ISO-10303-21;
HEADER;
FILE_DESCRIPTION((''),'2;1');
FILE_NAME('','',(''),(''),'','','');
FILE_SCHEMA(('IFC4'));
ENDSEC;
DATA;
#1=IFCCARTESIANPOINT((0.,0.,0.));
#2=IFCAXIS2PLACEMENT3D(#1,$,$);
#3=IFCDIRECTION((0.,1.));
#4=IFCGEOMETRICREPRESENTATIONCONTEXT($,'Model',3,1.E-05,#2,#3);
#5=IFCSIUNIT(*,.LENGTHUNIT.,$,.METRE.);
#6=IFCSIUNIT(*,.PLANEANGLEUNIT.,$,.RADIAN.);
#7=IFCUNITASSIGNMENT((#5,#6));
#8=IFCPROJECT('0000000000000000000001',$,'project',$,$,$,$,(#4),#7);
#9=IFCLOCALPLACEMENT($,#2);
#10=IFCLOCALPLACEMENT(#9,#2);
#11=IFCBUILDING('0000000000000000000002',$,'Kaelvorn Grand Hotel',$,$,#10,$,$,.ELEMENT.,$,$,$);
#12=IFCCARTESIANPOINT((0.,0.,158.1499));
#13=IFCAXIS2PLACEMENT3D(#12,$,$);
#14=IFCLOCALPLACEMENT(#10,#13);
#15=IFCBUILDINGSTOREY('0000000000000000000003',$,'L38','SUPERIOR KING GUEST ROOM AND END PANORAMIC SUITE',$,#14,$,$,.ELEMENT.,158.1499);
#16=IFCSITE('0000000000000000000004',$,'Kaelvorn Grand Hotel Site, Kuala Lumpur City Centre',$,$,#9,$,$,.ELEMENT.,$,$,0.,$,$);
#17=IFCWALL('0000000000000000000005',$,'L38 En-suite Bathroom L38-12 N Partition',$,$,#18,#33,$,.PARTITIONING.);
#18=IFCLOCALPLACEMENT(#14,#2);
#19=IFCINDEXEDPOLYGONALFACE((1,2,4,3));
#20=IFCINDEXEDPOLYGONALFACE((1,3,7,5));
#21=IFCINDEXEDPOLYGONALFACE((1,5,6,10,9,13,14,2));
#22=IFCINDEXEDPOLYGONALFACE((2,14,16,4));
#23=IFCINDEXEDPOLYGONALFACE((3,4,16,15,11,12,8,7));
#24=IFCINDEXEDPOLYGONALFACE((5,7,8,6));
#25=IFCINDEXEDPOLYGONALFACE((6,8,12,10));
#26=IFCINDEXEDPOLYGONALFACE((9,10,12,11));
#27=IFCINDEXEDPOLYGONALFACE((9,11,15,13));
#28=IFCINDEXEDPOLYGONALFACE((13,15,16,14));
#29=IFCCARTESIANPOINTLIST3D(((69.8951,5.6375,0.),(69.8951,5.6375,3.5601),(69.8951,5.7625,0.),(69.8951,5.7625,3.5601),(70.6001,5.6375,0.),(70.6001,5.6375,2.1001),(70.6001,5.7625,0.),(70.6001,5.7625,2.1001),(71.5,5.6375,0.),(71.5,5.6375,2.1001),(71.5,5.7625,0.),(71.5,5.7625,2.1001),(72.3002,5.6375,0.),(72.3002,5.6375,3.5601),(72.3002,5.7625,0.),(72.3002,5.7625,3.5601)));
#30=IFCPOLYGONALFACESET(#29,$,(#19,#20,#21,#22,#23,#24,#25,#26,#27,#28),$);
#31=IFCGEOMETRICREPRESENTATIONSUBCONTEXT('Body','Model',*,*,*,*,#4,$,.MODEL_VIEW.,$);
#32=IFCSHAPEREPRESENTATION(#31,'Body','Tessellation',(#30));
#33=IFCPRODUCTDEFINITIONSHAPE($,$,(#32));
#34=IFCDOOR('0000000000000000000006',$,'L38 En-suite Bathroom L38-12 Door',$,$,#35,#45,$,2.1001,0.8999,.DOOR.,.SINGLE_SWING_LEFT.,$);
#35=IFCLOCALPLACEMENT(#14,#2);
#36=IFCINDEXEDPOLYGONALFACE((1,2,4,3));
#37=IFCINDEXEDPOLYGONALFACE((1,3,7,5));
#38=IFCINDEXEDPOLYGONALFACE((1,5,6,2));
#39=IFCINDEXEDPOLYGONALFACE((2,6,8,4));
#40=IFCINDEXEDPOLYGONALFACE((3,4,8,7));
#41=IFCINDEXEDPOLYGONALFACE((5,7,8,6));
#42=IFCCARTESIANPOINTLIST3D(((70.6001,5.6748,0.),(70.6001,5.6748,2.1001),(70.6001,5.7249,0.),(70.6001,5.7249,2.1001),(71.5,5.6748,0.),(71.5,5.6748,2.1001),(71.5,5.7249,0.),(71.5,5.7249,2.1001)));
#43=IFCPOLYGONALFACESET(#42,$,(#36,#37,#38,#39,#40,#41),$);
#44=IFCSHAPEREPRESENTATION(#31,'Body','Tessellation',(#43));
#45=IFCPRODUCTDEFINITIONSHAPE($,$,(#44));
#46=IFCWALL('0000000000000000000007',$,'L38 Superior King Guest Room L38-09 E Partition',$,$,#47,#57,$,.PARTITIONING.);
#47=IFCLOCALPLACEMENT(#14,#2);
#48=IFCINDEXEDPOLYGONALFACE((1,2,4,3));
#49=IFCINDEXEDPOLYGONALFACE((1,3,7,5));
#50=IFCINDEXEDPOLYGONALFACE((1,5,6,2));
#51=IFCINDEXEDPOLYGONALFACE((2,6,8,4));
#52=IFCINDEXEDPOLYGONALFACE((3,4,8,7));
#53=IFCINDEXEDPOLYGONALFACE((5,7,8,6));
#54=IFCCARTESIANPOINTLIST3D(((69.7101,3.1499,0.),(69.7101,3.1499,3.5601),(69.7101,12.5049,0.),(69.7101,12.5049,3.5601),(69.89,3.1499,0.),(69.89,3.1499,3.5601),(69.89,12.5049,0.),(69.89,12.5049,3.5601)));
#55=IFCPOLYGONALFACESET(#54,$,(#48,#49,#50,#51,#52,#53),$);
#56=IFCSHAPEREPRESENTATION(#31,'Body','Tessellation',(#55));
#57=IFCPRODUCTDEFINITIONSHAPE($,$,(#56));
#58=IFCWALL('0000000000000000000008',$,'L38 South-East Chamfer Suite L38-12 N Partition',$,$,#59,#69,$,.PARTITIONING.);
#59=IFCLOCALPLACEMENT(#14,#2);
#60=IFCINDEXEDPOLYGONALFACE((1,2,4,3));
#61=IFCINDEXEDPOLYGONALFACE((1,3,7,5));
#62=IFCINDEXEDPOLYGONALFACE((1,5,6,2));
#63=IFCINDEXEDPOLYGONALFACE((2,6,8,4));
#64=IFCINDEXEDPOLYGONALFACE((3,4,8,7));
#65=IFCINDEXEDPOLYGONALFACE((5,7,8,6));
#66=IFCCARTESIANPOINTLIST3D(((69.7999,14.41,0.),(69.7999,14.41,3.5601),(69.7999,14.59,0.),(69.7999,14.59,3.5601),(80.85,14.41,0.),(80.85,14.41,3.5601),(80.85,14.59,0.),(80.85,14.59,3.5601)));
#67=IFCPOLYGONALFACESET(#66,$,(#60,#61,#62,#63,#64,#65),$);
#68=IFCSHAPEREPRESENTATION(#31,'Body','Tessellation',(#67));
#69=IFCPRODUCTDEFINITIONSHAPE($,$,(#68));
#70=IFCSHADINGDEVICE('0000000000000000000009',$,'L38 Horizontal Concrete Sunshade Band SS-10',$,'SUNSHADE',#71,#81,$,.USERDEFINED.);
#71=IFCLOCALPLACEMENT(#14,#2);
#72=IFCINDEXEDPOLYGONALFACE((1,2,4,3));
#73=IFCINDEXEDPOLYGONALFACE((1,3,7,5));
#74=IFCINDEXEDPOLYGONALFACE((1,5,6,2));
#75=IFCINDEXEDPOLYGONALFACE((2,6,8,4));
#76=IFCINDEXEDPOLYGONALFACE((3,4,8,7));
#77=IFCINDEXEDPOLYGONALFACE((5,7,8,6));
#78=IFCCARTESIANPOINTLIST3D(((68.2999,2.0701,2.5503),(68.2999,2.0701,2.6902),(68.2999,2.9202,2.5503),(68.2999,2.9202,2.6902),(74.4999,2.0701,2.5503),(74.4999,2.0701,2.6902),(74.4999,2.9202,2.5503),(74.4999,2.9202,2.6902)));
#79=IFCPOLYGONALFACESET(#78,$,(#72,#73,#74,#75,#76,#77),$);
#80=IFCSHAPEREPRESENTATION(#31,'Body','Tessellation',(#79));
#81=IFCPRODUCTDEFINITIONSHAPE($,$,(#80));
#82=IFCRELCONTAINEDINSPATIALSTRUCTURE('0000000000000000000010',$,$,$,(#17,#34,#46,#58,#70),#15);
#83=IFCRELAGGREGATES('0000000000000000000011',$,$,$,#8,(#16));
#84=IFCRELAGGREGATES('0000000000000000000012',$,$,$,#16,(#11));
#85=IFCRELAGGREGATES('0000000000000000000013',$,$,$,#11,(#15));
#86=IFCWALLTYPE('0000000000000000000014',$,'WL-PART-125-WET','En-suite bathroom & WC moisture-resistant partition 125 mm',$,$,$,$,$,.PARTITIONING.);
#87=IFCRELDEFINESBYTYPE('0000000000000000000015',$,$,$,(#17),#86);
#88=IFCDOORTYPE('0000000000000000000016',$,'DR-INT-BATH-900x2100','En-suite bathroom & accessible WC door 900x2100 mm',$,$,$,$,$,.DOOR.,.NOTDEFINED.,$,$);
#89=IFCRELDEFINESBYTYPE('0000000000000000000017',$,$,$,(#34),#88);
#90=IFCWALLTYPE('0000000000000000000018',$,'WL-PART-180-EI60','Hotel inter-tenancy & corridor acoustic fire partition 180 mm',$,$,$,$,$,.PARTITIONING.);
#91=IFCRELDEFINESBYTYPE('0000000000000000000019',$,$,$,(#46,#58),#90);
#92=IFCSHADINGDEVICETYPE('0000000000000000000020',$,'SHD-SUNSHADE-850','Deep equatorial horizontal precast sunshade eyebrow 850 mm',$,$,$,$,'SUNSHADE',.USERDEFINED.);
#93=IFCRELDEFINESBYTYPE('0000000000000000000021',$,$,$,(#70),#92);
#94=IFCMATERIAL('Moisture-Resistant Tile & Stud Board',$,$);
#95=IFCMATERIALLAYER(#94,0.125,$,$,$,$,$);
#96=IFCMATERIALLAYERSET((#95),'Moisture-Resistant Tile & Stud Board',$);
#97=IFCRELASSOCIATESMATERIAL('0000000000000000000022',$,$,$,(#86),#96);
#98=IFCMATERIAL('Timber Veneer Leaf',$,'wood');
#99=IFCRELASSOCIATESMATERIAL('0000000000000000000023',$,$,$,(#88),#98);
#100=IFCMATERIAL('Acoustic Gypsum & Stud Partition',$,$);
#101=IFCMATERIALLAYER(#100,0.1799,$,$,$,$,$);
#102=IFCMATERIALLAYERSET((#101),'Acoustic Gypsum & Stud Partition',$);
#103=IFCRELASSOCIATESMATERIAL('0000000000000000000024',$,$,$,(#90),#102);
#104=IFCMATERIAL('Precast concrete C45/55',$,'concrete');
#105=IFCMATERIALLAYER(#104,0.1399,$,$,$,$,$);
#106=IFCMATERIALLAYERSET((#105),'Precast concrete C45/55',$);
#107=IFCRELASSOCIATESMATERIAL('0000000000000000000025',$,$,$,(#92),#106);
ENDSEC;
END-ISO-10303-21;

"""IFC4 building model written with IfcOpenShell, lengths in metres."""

from ifc_helpers import new_model, si_unit, direction, frame, frame_2d, origin, origin_2d, place, context, subcontext, project, spatial, rectangle, extrude, material, layer, layer_set, type_object, element, fill, save


model = new_model("IFC4")

# Units and contexts
model_context = context("Model", 3, precision=1e-05, world=origin(), true_north=direction((0.0, 1.0)))
body_context = subcontext(model_context, "Body", "Model", "MODEL_VIEW")
ifc_project = project(units=[si_unit("LENGTHUNIT", "METRE"), si_unit("PLANEANGLEUNIT", "RADIAN")], contexts=[model_context])

# Site, building, storey
site_placement = place(None, origin())
site = spatial("IfcSite", under=ifc_project, at=site_placement, Name="Kaelvorn Grand Hotel Site, Kuala Lumpur City Centre", CompositionType="ELEMENT", RefElevation=0.0)
building_placement = place(site_placement, origin())
building = spatial("IfcBuilding", under=site, at=building_placement, Name="Kaelvorn Grand Hotel", CompositionType="ELEMENT")
storey_placement = place(building_placement, frame((0.0, 0.0, 158.1499)))
storey = spatial("IfcBuildingStorey", under=building, at=storey_placement, Name="L38", Description="SUPERIOR KING GUEST ROOM AND END PANORAMIC SUITE", CompositionType="ELEMENT", Elevation=158.1499)

# Shared definitions
ifc_material_1 = material(Name="Moisture-Resistant Tile & Stud Board")
ifc_layer_1 = layer(ifc_material_1, 0.125)
ifc_layer_set_1 = layer_set([ifc_layer_1], Name="Moisture-Resistant Tile & Stud Board")
wall_type_1 = type_object("IfcWallType", Name="WL-PART-125-WET", Description="En-suite bathroom & WC moisture-resistant partition 125 mm", PredefinedType="PARTITIONING", material=ifc_layer_set_1)
ifc_material_2 = material(Name="Timber Veneer Leaf", Category="wood")
door_type_1 = type_object("IfcDoorType", Name="DR-INT-BATH-900x2100", Description="En-suite bathroom & accessible WC door 900x2100 mm", OperationType="NOTDEFINED", PredefinedType="DOOR", material=ifc_material_2)

# Wall, opening, door
wall_1_placement = place(storey_placement, frame((69.895, 5.7, 0.0), z_axis=(0.0, 0.0, 1.0), x_axis=(1.0, 0.0, 0.0)))
wall_1 = element("IfcWall", 1, at=wall_1_placement, inside=storey, type_object=wall_type_1, Name="L38 En-suite Bathroom L38-12 N Partition", PredefinedType="PARTITIONING", context=body_context, shape_type="SweptSolid", body=[
    extrude(rectangle(XDim=2.405, YDim=0.125, at=frame_2d((1.2026, 0.0))), origin(), (0.0, 0.0, 1.0), 3.5601),
])
opening_1_placement = place(wall_1_placement, frame((0.7051, 0.0, 0.0)))
opening_1 = element("IfcOpeningElement", 2, at=opening_1_placement, cuts=wall_1, PredefinedType="OPENING", context=body_context, shape_type="SweptSolid", body=[
    extrude(rectangle(XDim=0.8999, YDim=2.1001, at=frame_2d((0.45, 1.05))), frame((0.0, 0.0725, 0.0), z_axis=(0.0, -1.0, 0.0), x_axis=(1.0, 0.0, 0.0)), (0.0, 0.0, 1.0), 0.145),
])
door_1_placement = place(opening_1_placement, origin())
door_1 = element("IfcDoor", 3, at=door_1_placement, inside=storey, type_object=door_type_1, Name="L38 En-suite Bathroom L38-12 Door", OperationType="SINGLE_SWING_LEFT", OverallHeight=2.1001, OverallWidth=0.8999, PredefinedType="DOOR", context=body_context, shape_type="SweptSolid", body=[
    extrude(rectangle(XDim=0.8999, YDim=2.1001, at=frame_2d((0.45, 1.05))), frame((0.0, 0.0249, 0.0), z_axis=(0.0, -1.0, 0.0), x_axis=(1.0, 0.0, 0.0)), (0.0, 0.0, 1.0), 0.05),
])
fill(opening_1, door_1)

# Walls
ifc_material_3 = material(Name="Acoustic Gypsum & Stud Partition")
ifc_layer_2 = layer(ifc_material_3, 0.1799)
ifc_layer_set_2 = layer_set([ifc_layer_2], Name="Acoustic Gypsum & Stud Partition")
wall_type_2 = type_object("IfcWallType", Name="WL-PART-180-EI60", Description="Hotel inter-tenancy & corridor acoustic fire partition 180 mm", PredefinedType="PARTITIONING", material=ifc_layer_set_2)
wall_2_placement = place(storey_placement, frame((69.8, 3.1499, 0.0), z_axis=(0.0, 0.0, 1.0), x_axis=(0.0, 1.0, 0.0)))
element("IfcWall", 4, at=wall_2_placement, inside=storey, type_object=wall_type_2, Name="L38 Superior King Guest Room L38-09 E Partition", PredefinedType="PARTITIONING", context=body_context, shape_type="SweptSolid", body=[
    extrude(rectangle(XDim=9.355, YDim=0.1799, at=frame_2d((4.6775, 0.0))), origin(), (0.0, 0.0, 1.0), 3.5601),
])
wall_3_placement = place(storey_placement, frame((69.8, 14.5, 0.0), z_axis=(0.0, 0.0, 1.0), x_axis=(1.0, 0.0, 0.0)))
element("IfcWall", 5, at=wall_3_placement, inside=storey, type_object=wall_type_2, Name="L38 South-East Chamfer Suite L38-12 N Partition", PredefinedType="PARTITIONING", context=body_context, shape_type="SweptSolid", body=[
    extrude(rectangle(XDim=11.05, YDim=0.1799, at=frame_2d((5.5249, 0.0))), origin(), (0.0, 0.0, 1.0), 3.5601),
])

# Shading device
ifc_material_4 = material(Name="Precast concrete C45/55", Category="concrete")
ifc_layer_3 = layer(ifc_material_4, 0.1399)
ifc_layer_set_3 = layer_set([ifc_layer_3], Name="Precast concrete C45/55")
shading_device_type = type_object("IfcShadingDeviceType", Name="SHD-SUNSHADE-850", Description="Deep equatorial horizontal precast sunshade eyebrow 850 mm", ElementType="SUNSHADE", PredefinedType="USERDEFINED", material=ifc_layer_set_3)
shading_device_placement = place(storey_placement, frame((71.3999, 2.4951, 2.5503), z_axis=(0.0, 0.0, 1.0), x_axis=(1.0, 0.0, 0.0)))
element("IfcShadingDevice", 6, at=shading_device_placement, inside=storey, type_object=shading_device_type, Name="L38 Horizontal Concrete Sunshade Band SS-10", ObjectType="SUNSHADE", PredefinedType="USERDEFINED", context=body_context, shape_type="SweptSolid", body=[
    extrude(rectangle(XDim=6.2, YDim=0.8501, at=origin_2d()), origin(), (0.0, 0.0, 1.0), 0.1399),
])

save(model, "model.ifc")
